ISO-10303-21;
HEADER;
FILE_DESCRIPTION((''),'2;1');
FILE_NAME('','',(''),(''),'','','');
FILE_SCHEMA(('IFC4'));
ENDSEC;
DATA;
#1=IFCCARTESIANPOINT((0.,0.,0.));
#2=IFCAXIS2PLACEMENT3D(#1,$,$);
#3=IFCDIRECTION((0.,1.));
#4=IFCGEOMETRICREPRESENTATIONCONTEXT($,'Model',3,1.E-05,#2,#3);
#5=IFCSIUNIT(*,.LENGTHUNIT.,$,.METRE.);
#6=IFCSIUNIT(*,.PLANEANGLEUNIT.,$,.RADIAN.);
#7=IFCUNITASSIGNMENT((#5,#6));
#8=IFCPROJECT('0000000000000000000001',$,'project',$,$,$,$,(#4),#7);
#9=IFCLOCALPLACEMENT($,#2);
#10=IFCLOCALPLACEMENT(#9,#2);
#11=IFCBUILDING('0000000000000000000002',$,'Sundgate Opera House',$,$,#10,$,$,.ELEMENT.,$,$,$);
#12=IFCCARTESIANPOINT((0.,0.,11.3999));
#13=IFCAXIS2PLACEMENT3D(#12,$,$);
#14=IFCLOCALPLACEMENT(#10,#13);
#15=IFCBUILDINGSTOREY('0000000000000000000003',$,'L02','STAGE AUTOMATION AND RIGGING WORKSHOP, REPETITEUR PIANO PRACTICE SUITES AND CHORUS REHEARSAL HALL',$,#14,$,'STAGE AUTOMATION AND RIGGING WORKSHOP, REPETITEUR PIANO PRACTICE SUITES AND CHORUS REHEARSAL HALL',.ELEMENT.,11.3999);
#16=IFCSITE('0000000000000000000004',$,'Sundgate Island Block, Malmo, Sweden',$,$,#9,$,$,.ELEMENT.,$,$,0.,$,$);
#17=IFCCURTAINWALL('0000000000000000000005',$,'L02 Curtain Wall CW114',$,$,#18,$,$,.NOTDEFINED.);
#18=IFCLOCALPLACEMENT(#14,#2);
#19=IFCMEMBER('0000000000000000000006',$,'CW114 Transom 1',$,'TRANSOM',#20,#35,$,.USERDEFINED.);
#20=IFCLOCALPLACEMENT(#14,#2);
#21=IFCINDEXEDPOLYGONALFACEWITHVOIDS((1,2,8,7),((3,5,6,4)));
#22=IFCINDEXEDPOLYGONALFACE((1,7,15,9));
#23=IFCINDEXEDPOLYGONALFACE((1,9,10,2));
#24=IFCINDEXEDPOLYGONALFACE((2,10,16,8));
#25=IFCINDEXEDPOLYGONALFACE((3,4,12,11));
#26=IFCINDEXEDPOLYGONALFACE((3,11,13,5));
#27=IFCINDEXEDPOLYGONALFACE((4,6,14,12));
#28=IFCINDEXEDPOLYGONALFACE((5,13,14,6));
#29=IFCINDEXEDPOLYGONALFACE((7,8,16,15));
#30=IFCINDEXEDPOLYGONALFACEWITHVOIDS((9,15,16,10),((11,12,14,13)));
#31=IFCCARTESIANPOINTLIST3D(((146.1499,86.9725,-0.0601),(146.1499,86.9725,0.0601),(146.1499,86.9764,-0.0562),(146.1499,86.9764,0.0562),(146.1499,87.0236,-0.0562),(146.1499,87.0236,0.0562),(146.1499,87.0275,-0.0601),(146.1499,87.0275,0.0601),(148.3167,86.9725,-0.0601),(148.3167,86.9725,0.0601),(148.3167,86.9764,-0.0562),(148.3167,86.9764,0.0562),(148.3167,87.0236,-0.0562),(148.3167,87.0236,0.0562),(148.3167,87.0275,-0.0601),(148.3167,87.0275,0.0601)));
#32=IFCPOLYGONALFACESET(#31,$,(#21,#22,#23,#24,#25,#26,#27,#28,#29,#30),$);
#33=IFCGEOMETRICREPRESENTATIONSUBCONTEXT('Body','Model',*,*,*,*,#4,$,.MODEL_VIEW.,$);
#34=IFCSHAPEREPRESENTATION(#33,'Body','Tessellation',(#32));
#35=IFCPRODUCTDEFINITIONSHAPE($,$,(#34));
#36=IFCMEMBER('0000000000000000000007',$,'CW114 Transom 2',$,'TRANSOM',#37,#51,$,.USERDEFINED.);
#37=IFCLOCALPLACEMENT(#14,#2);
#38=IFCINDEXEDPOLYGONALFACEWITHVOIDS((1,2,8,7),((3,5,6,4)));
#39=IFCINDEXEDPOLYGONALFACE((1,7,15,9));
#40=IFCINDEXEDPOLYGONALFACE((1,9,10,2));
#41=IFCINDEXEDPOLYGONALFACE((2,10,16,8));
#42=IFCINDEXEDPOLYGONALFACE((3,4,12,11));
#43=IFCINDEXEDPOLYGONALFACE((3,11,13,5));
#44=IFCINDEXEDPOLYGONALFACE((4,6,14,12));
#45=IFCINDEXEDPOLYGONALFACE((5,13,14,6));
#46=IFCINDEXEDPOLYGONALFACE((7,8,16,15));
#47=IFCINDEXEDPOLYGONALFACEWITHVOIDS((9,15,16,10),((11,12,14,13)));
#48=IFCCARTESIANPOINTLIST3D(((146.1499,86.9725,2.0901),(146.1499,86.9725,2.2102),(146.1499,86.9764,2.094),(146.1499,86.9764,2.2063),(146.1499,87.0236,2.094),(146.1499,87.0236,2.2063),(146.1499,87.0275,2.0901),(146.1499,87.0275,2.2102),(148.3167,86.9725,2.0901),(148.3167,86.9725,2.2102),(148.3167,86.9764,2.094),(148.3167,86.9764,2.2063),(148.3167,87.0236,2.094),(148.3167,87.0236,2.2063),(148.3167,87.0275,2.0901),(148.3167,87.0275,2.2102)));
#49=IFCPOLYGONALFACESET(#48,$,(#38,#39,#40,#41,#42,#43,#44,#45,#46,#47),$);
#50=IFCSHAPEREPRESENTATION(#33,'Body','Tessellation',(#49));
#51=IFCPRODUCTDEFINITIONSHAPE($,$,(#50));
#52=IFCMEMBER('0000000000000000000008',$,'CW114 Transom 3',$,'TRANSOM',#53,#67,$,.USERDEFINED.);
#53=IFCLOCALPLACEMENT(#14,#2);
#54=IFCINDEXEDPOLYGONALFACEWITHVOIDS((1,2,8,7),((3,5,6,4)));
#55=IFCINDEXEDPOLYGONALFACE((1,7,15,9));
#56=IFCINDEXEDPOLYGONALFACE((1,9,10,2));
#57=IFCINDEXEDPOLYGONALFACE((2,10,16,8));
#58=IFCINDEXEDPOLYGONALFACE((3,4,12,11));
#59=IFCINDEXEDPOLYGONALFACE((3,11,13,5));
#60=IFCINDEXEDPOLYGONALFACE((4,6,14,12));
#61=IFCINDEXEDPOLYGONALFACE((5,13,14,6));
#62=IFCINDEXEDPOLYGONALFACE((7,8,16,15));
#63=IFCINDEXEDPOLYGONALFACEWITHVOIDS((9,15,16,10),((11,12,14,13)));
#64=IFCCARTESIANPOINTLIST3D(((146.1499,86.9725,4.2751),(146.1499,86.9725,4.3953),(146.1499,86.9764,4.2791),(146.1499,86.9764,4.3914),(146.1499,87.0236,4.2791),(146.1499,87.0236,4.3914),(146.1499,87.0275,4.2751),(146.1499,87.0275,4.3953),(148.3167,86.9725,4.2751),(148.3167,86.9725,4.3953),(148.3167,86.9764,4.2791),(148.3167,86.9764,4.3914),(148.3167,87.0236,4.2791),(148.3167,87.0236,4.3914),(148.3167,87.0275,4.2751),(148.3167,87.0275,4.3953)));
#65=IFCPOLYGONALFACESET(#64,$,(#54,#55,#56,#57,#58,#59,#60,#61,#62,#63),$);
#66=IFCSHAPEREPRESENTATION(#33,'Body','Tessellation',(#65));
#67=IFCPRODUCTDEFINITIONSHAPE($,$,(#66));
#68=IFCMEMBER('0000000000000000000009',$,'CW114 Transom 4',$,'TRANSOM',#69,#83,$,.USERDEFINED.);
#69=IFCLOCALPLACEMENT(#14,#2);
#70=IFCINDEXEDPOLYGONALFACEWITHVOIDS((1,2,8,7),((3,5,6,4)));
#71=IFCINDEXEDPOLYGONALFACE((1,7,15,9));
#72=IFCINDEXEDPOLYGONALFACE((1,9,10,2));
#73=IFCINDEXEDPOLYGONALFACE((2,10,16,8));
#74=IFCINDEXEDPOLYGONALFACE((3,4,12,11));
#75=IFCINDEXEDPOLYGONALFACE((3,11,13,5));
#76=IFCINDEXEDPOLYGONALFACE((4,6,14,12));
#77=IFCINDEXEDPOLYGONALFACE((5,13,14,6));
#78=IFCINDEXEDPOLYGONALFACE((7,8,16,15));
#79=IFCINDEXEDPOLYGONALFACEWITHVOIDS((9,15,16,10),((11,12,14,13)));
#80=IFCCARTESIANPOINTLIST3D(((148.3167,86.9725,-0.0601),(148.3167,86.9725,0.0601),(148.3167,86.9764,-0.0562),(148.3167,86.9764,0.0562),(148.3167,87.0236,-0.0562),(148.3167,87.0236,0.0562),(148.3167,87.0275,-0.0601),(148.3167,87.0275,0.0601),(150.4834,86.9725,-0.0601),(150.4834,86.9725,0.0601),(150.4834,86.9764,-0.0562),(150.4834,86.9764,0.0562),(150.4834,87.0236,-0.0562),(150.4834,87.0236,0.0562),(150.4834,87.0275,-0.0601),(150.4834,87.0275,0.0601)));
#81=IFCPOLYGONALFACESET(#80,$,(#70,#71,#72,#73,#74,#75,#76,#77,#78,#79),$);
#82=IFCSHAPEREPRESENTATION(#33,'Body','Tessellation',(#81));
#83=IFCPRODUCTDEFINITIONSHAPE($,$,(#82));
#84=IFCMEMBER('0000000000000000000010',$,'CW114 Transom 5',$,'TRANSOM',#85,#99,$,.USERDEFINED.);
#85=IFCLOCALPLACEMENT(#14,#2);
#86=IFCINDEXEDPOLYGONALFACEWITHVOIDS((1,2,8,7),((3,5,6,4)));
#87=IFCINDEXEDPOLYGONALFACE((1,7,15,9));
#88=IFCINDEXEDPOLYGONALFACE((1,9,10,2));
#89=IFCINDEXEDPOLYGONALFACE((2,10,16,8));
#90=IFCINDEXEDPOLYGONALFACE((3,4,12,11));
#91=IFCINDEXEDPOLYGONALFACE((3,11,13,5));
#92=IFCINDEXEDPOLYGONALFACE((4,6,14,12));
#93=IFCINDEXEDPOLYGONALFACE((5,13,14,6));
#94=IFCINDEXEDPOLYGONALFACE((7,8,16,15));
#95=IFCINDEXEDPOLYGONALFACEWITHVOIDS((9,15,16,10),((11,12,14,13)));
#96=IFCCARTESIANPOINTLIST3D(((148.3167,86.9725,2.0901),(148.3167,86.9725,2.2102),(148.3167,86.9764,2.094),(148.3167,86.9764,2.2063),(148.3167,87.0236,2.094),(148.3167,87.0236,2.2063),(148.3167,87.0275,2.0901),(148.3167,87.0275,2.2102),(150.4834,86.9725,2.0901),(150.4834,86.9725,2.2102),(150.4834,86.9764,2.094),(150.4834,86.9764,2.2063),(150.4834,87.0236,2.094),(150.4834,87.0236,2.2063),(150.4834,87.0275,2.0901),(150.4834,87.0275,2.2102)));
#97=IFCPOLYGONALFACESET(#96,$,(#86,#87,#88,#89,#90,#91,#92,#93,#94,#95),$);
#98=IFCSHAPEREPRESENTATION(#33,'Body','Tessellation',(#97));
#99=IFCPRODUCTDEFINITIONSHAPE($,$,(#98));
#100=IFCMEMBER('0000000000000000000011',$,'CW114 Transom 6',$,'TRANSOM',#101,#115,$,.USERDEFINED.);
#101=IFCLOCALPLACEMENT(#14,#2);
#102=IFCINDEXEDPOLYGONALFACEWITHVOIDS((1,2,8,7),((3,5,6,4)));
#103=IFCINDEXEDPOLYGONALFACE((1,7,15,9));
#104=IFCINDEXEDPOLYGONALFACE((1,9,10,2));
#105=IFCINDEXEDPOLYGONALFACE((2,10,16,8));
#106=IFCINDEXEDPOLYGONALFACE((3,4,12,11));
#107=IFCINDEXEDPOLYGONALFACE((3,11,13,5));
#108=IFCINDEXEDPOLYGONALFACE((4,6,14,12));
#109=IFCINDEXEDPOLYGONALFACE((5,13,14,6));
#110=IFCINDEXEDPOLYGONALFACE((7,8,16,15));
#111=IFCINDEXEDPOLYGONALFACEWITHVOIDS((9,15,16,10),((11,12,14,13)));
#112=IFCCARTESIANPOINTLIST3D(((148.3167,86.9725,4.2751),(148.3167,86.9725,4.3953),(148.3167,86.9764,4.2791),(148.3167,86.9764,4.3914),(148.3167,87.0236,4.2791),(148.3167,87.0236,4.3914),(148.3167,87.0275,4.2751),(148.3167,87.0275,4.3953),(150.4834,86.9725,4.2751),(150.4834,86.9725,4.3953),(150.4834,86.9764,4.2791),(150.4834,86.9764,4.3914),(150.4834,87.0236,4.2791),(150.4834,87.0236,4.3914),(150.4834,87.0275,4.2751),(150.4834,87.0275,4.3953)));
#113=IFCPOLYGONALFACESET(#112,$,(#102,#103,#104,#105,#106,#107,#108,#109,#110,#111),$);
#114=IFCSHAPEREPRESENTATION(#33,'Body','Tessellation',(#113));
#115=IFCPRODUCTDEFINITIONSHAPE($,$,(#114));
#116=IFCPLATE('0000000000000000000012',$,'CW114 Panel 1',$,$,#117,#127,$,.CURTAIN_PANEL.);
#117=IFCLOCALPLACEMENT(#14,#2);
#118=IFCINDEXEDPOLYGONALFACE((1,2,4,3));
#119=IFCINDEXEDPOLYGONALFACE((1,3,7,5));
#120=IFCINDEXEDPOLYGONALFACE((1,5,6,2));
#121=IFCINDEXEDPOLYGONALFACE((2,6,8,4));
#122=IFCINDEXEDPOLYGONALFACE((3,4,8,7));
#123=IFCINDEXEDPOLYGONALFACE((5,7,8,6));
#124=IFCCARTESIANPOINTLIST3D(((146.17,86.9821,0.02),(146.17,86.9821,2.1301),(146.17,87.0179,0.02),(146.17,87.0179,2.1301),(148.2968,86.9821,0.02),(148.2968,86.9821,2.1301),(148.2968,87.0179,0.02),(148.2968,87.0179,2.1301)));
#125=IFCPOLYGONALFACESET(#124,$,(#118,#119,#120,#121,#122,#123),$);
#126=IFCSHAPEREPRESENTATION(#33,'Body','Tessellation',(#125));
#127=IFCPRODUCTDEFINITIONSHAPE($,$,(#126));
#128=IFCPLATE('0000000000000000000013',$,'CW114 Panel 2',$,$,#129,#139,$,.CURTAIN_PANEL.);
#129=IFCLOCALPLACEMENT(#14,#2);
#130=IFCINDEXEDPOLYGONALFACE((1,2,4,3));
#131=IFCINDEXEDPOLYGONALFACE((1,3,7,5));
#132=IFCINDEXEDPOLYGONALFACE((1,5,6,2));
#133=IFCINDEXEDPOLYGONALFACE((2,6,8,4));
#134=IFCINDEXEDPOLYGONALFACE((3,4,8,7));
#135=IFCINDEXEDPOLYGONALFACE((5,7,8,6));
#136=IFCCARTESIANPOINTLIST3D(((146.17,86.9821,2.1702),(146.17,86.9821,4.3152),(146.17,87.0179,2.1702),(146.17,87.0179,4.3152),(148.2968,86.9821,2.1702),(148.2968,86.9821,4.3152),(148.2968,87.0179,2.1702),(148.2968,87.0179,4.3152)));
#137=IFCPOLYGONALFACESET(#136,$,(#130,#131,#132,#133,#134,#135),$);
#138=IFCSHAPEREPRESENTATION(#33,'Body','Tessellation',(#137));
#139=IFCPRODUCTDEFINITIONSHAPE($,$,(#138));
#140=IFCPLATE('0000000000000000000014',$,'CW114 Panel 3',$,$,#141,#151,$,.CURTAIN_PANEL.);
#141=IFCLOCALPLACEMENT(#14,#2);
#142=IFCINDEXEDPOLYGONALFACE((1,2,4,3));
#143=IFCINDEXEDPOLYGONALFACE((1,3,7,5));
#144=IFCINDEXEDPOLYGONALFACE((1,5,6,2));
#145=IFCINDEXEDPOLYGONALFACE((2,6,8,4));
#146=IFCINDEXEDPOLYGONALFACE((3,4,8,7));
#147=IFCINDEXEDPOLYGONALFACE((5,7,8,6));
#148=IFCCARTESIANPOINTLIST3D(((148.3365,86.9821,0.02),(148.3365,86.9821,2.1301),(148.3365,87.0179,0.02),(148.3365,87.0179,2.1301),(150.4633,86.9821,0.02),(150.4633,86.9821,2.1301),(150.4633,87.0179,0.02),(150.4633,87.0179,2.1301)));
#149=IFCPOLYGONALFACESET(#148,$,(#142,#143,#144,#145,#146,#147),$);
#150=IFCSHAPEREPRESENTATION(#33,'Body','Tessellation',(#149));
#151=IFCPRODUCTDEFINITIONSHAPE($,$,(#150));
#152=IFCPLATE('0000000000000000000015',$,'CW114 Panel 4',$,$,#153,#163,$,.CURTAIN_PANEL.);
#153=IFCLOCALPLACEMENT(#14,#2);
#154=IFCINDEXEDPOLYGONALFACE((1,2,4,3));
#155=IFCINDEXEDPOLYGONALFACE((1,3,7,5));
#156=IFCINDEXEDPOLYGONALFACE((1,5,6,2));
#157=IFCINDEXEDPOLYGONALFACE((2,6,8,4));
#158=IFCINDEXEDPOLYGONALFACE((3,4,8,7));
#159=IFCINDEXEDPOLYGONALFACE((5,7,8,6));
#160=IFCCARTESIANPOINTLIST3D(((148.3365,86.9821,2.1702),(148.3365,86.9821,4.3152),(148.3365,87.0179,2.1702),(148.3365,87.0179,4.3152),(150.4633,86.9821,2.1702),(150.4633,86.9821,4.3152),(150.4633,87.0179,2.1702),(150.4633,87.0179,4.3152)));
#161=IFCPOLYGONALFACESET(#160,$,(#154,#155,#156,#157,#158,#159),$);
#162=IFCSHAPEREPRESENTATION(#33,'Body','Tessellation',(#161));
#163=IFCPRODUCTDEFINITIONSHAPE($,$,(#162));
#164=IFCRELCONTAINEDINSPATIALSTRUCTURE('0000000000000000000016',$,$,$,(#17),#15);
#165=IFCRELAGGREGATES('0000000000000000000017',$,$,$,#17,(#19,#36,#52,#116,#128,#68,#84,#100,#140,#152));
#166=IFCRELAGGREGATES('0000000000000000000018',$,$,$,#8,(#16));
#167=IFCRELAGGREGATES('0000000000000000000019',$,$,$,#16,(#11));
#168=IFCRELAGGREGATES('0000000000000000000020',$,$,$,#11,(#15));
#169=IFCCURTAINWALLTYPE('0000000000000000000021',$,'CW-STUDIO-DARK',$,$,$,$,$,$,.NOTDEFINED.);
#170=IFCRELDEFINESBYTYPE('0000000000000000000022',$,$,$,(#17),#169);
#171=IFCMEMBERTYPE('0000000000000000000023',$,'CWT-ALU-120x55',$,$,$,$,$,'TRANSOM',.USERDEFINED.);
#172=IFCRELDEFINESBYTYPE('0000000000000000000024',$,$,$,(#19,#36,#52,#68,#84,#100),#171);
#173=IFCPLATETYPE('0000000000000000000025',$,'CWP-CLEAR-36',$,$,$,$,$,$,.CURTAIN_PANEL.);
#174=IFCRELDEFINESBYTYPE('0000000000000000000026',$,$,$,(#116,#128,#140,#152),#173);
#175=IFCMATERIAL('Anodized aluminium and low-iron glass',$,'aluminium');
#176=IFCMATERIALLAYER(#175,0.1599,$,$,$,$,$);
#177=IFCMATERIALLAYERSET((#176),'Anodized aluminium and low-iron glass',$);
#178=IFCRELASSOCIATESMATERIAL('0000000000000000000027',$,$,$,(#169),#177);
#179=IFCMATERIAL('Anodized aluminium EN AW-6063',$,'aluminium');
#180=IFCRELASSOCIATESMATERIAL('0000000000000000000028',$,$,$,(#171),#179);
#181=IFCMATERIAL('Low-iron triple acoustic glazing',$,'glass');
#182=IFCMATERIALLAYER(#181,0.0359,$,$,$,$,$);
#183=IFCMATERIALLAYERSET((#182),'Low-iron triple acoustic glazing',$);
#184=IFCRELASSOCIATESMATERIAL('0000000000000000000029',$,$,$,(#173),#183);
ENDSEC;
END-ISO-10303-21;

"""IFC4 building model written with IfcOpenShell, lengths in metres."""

from ifc_helpers import new_model, si_unit, direction, frame, origin, origin_2d, place, context, subcontext, project, spatial, rectangle, hollow_rectangle, extrude, material, layer, layer_set, material_profile, profile_set, type_object, element, aggregate, save


model = new_model("IFC4")

# Units and contexts
model_context = context("Model", 3, precision=1e-05, world=origin(), true_north=direction((0.0, 1.0)))
body_context = subcontext(model_context, "Body", "Model", "MODEL_VIEW")
ifc_project = project(units=[si_unit("LENGTHUNIT", "METRE"), si_unit("PLANEANGLEUNIT", "RADIAN")], contexts=[model_context])

# Site, building, storey
site_placement = place(None, origin())
site = spatial("IfcSite", under=ifc_project, at=site_placement, Name="Sundgate Island Block, Malmo, Sweden", CompositionType="ELEMENT", RefElevation=0.0)
building_placement = place(site_placement, origin())
building = spatial("IfcBuilding", under=site, at=building_placement, Name="Sundgate Opera House", CompositionType="ELEMENT")
storey_placement = place(building_placement, frame((0.0, 0.0, 11.3999)))
storey = spatial("IfcBuildingStorey", under=building, at=storey_placement, Name="L02", Description="STAGE AUTOMATION AND RIGGING WORKSHOP, REPETITEUR PIANO PRACTICE SUITES AND CHORUS REHEARSAL HALL", LongName="STAGE AUTOMATION AND RIGGING WORKSHOP, REPETITEUR PIANO PRACTICE SUITES AND CHORUS REHEARSAL HALL", CompositionType="ELEMENT", Elevation=11.3999)

# Curtain wall, members, plates
ifc_material_1 = material(Name="Anodized aluminium and low-iron glass", Category="aluminium")
ifc_layer_1 = layer(ifc_material_1, 0.1599)
ifc_layer_set_1 = layer_set([ifc_layer_1], Name="Anodized aluminium and low-iron glass")
curtain_wall_type = type_object("IfcCurtainWallType", Name="CW-STUDIO-DARK", PredefinedType="NOTDEFINED", material=ifc_layer_set_1)
curtain_wall_placement = place(storey_placement, origin())
curtain_wall = element("IfcCurtainWall", 1, at=curtain_wall_placement, inside=storey, type_object=curtain_wall_type, Name="L02 Curtain Wall CW114", PredefinedType="NOTDEFINED")
ifc_material_2 = material(Name="Anodized aluminium EN AW-6063", Category="aluminium")
ifc_material_profile_1 = material_profile(ifc_material_2, hollow_rectangle(XDim=0.0549, YDim=0.1201, WallThickness=0.0039, at=origin_2d()), Name="CWT 120x55x4")
ifc_profile_set_1 = profile_set([ifc_material_profile_1], Name="Anodized aluminium EN AW-6063")
member_type_1 = type_object("IfcMemberType", Name="CWT-ALU-120x55", ElementType="TRANSOM", PredefinedType="USERDEFINED", material=ifc_profile_set_1)
member_1_placement = place(storey_placement, frame((146.1499, 87.0, 0.0), z_axis=(1.0, 0.0, 0.0), x_axis=(0.0, 1.0, 0.0)))
member_1 = element("IfcMember", 2, at=member_1_placement, type_object=member_type_1, Name="CW114 Transom 1", ObjectType="TRANSOM", PredefinedType="USERDEFINED", context=body_context, shape_type="SweptSolid", body=[
    extrude(hollow_rectangle(XDim=0.0549, YDim=0.1201, WallThickness=0.0039, at=origin_2d()), origin(), (0.0, 0.0, 1.0), 2.1667),
])
member_2_placement = place(storey_placement, frame((146.1499, 87.0, 2.1501), z_axis=(1.0, 0.0, 0.0), x_axis=(0.0, 1.0, 0.0)))
member_2 = element("IfcMember", 3, at=member_2_placement, type_object=member_type_1, Name="CW114 Transom 2", ObjectType="TRANSOM", PredefinedType="USERDEFINED", context=body_context, shape_type="SweptSolid", body=[
    extrude(hollow_rectangle(XDim=0.0549, YDim=0.1201, WallThickness=0.0039, at=origin_2d()), origin(), (0.0, 0.0, 1.0), 2.1667),
])
member_3_placement = place(storey_placement, frame((146.1499, 87.0, 4.3352), z_axis=(1.0, 0.0, 0.0), x_axis=(0.0, 1.0, 0.0)))
member_3 = element("IfcMember", 4, at=member_3_placement, type_object=member_type_1, Name="CW114 Transom 3", ObjectType="TRANSOM", PredefinedType="USERDEFINED", context=body_context, shape_type="SweptSolid", body=[
    extrude(hollow_rectangle(XDim=0.0549, YDim=0.1201, WallThickness=0.0039, at=origin_2d()), origin(), (0.0, 0.0, 1.0), 2.1667),
])
member_4_placement = place(storey_placement, frame((148.3167, 87.0, 0.0), z_axis=(1.0, 0.0, 0.0), x_axis=(0.0, 1.0, 0.0)))
member_4 = element("IfcMember", 5, at=member_4_placement, type_object=member_type_1, Name="CW114 Transom 4", ObjectType="TRANSOM", PredefinedType="USERDEFINED", context=body_context, shape_type="SweptSolid", body=[
    extrude(hollow_rectangle(XDim=0.0549, YDim=0.1201, WallThickness=0.0039, at=origin_2d()), origin(), (0.0, 0.0, 1.0), 2.1667),
])
member_5_placement = place(storey_placement, frame((148.3167, 87.0, 2.1501), z_axis=(1.0, 0.0, 0.0), x_axis=(0.0, 1.0, 0.0)))
member_5 = element("IfcMember", 6, at=member_5_placement, type_object=member_type_1, Name="CW114 Transom 5", ObjectType="TRANSOM", PredefinedType="USERDEFINED", context=body_context, shape_type="SweptSolid", body=[
    extrude(hollow_rectangle(XDim=0.0549, YDim=0.1201, WallThickness=0.0039, at=origin_2d()), origin(), (0.0, 0.0, 1.0), 2.1667),
])
member_6_placement = place(storey_placement, frame((148.3167, 87.0, 4.3352), z_axis=(1.0, 0.0, 0.0), x_axis=(0.0, 1.0, 0.0)))
member_6 = element("IfcMember", 7, at=member_6_placement, type_object=member_type_1, Name="CW114 Transom 6", ObjectType="TRANSOM", PredefinedType="USERDEFINED", context=body_context, shape_type="SweptSolid", body=[
    extrude(hollow_rectangle(XDim=0.0549, YDim=0.1201, WallThickness=0.0039, at=origin_2d()), origin(), (0.0, 0.0, 1.0), 2.1667),
])
ifc_material_3 = material(Name="Low-iron triple acoustic glazing", Category="glass")
ifc_layer_2 = layer(ifc_material_3, 0.0359)
ifc_layer_set_2 = layer_set([ifc_layer_2], Name="Low-iron triple acoustic glazing")
plate_type = type_object("IfcPlateType", Name="CWP-CLEAR-36", PredefinedType="CURTAIN_PANEL", material=ifc_layer_set_2)
plate_1_placement = place(storey_placement, frame((147.2334, 87.0, 0.02), z_axis=(0.0, 0.0, 1.0), x_axis=(1.0, 0.0, 0.0)))
plate_1 = element("IfcPlate", 8, at=plate_1_placement, type_object=plate_type, Name="CW114 Panel 1", PredefinedType="CURTAIN_PANEL", context=body_context, shape_type="SweptSolid", body=[
    extrude(rectangle(XDim=2.1267, YDim=0.0359, at=origin_2d()), origin(), (0.0, 0.0, 1.0), 2.1101),
])
plate_2_placement = place(storey_placement, frame((147.2334, 87.0, 2.1702), z_axis=(0.0, 0.0, 1.0), x_axis=(1.0, 0.0, 0.0)))
plate_2 = element("IfcPlate", 9, at=plate_2_placement, type_object=plate_type, Name="CW114 Panel 2", PredefinedType="CURTAIN_PANEL", context=body_context, shape_type="SweptSolid", body=[
    extrude(rectangle(XDim=2.1267, YDim=0.0359, at=origin_2d()), origin(), (0.0, 0.0, 1.0), 2.145),
])
plate_3_placement = place(storey_placement, frame((149.3999, 87.0, 0.02), z_axis=(0.0, 0.0, 1.0), x_axis=(1.0, 0.0, 0.0)))
plate_3 = element("IfcPlate", 10, at=plate_3_placement, type_object=plate_type, Name="CW114 Panel 3", PredefinedType="CURTAIN_PANEL", context=body_context, shape_type="SweptSolid", body=[
    extrude(rectangle(XDim=2.1267, YDim=0.0359, at=origin_2d()), origin(), (0.0, 0.0, 1.0), 2.1101),
])
plate_4_placement = place(storey_placement, frame((149.3999, 87.0, 2.1702), z_axis=(0.0, 0.0, 1.0), x_axis=(1.0, 0.0, 0.0)))
plate_4 = element("IfcPlate", 11, at=plate_4_placement, type_object=plate_type, Name="CW114 Panel 4", PredefinedType="CURTAIN_PANEL", context=body_context, shape_type="SweptSolid", body=[
    extrude(rectangle(XDim=2.1267, YDim=0.0359, at=origin_2d()), origin(), (0.0, 0.0, 1.0), 2.145),
])
aggregate(curtain_wall, [member_1, member_2, member_3, plate_1, plate_2, member_4, member_5, member_6, plate_3, plate_4])

save(model, "model.ifc")
